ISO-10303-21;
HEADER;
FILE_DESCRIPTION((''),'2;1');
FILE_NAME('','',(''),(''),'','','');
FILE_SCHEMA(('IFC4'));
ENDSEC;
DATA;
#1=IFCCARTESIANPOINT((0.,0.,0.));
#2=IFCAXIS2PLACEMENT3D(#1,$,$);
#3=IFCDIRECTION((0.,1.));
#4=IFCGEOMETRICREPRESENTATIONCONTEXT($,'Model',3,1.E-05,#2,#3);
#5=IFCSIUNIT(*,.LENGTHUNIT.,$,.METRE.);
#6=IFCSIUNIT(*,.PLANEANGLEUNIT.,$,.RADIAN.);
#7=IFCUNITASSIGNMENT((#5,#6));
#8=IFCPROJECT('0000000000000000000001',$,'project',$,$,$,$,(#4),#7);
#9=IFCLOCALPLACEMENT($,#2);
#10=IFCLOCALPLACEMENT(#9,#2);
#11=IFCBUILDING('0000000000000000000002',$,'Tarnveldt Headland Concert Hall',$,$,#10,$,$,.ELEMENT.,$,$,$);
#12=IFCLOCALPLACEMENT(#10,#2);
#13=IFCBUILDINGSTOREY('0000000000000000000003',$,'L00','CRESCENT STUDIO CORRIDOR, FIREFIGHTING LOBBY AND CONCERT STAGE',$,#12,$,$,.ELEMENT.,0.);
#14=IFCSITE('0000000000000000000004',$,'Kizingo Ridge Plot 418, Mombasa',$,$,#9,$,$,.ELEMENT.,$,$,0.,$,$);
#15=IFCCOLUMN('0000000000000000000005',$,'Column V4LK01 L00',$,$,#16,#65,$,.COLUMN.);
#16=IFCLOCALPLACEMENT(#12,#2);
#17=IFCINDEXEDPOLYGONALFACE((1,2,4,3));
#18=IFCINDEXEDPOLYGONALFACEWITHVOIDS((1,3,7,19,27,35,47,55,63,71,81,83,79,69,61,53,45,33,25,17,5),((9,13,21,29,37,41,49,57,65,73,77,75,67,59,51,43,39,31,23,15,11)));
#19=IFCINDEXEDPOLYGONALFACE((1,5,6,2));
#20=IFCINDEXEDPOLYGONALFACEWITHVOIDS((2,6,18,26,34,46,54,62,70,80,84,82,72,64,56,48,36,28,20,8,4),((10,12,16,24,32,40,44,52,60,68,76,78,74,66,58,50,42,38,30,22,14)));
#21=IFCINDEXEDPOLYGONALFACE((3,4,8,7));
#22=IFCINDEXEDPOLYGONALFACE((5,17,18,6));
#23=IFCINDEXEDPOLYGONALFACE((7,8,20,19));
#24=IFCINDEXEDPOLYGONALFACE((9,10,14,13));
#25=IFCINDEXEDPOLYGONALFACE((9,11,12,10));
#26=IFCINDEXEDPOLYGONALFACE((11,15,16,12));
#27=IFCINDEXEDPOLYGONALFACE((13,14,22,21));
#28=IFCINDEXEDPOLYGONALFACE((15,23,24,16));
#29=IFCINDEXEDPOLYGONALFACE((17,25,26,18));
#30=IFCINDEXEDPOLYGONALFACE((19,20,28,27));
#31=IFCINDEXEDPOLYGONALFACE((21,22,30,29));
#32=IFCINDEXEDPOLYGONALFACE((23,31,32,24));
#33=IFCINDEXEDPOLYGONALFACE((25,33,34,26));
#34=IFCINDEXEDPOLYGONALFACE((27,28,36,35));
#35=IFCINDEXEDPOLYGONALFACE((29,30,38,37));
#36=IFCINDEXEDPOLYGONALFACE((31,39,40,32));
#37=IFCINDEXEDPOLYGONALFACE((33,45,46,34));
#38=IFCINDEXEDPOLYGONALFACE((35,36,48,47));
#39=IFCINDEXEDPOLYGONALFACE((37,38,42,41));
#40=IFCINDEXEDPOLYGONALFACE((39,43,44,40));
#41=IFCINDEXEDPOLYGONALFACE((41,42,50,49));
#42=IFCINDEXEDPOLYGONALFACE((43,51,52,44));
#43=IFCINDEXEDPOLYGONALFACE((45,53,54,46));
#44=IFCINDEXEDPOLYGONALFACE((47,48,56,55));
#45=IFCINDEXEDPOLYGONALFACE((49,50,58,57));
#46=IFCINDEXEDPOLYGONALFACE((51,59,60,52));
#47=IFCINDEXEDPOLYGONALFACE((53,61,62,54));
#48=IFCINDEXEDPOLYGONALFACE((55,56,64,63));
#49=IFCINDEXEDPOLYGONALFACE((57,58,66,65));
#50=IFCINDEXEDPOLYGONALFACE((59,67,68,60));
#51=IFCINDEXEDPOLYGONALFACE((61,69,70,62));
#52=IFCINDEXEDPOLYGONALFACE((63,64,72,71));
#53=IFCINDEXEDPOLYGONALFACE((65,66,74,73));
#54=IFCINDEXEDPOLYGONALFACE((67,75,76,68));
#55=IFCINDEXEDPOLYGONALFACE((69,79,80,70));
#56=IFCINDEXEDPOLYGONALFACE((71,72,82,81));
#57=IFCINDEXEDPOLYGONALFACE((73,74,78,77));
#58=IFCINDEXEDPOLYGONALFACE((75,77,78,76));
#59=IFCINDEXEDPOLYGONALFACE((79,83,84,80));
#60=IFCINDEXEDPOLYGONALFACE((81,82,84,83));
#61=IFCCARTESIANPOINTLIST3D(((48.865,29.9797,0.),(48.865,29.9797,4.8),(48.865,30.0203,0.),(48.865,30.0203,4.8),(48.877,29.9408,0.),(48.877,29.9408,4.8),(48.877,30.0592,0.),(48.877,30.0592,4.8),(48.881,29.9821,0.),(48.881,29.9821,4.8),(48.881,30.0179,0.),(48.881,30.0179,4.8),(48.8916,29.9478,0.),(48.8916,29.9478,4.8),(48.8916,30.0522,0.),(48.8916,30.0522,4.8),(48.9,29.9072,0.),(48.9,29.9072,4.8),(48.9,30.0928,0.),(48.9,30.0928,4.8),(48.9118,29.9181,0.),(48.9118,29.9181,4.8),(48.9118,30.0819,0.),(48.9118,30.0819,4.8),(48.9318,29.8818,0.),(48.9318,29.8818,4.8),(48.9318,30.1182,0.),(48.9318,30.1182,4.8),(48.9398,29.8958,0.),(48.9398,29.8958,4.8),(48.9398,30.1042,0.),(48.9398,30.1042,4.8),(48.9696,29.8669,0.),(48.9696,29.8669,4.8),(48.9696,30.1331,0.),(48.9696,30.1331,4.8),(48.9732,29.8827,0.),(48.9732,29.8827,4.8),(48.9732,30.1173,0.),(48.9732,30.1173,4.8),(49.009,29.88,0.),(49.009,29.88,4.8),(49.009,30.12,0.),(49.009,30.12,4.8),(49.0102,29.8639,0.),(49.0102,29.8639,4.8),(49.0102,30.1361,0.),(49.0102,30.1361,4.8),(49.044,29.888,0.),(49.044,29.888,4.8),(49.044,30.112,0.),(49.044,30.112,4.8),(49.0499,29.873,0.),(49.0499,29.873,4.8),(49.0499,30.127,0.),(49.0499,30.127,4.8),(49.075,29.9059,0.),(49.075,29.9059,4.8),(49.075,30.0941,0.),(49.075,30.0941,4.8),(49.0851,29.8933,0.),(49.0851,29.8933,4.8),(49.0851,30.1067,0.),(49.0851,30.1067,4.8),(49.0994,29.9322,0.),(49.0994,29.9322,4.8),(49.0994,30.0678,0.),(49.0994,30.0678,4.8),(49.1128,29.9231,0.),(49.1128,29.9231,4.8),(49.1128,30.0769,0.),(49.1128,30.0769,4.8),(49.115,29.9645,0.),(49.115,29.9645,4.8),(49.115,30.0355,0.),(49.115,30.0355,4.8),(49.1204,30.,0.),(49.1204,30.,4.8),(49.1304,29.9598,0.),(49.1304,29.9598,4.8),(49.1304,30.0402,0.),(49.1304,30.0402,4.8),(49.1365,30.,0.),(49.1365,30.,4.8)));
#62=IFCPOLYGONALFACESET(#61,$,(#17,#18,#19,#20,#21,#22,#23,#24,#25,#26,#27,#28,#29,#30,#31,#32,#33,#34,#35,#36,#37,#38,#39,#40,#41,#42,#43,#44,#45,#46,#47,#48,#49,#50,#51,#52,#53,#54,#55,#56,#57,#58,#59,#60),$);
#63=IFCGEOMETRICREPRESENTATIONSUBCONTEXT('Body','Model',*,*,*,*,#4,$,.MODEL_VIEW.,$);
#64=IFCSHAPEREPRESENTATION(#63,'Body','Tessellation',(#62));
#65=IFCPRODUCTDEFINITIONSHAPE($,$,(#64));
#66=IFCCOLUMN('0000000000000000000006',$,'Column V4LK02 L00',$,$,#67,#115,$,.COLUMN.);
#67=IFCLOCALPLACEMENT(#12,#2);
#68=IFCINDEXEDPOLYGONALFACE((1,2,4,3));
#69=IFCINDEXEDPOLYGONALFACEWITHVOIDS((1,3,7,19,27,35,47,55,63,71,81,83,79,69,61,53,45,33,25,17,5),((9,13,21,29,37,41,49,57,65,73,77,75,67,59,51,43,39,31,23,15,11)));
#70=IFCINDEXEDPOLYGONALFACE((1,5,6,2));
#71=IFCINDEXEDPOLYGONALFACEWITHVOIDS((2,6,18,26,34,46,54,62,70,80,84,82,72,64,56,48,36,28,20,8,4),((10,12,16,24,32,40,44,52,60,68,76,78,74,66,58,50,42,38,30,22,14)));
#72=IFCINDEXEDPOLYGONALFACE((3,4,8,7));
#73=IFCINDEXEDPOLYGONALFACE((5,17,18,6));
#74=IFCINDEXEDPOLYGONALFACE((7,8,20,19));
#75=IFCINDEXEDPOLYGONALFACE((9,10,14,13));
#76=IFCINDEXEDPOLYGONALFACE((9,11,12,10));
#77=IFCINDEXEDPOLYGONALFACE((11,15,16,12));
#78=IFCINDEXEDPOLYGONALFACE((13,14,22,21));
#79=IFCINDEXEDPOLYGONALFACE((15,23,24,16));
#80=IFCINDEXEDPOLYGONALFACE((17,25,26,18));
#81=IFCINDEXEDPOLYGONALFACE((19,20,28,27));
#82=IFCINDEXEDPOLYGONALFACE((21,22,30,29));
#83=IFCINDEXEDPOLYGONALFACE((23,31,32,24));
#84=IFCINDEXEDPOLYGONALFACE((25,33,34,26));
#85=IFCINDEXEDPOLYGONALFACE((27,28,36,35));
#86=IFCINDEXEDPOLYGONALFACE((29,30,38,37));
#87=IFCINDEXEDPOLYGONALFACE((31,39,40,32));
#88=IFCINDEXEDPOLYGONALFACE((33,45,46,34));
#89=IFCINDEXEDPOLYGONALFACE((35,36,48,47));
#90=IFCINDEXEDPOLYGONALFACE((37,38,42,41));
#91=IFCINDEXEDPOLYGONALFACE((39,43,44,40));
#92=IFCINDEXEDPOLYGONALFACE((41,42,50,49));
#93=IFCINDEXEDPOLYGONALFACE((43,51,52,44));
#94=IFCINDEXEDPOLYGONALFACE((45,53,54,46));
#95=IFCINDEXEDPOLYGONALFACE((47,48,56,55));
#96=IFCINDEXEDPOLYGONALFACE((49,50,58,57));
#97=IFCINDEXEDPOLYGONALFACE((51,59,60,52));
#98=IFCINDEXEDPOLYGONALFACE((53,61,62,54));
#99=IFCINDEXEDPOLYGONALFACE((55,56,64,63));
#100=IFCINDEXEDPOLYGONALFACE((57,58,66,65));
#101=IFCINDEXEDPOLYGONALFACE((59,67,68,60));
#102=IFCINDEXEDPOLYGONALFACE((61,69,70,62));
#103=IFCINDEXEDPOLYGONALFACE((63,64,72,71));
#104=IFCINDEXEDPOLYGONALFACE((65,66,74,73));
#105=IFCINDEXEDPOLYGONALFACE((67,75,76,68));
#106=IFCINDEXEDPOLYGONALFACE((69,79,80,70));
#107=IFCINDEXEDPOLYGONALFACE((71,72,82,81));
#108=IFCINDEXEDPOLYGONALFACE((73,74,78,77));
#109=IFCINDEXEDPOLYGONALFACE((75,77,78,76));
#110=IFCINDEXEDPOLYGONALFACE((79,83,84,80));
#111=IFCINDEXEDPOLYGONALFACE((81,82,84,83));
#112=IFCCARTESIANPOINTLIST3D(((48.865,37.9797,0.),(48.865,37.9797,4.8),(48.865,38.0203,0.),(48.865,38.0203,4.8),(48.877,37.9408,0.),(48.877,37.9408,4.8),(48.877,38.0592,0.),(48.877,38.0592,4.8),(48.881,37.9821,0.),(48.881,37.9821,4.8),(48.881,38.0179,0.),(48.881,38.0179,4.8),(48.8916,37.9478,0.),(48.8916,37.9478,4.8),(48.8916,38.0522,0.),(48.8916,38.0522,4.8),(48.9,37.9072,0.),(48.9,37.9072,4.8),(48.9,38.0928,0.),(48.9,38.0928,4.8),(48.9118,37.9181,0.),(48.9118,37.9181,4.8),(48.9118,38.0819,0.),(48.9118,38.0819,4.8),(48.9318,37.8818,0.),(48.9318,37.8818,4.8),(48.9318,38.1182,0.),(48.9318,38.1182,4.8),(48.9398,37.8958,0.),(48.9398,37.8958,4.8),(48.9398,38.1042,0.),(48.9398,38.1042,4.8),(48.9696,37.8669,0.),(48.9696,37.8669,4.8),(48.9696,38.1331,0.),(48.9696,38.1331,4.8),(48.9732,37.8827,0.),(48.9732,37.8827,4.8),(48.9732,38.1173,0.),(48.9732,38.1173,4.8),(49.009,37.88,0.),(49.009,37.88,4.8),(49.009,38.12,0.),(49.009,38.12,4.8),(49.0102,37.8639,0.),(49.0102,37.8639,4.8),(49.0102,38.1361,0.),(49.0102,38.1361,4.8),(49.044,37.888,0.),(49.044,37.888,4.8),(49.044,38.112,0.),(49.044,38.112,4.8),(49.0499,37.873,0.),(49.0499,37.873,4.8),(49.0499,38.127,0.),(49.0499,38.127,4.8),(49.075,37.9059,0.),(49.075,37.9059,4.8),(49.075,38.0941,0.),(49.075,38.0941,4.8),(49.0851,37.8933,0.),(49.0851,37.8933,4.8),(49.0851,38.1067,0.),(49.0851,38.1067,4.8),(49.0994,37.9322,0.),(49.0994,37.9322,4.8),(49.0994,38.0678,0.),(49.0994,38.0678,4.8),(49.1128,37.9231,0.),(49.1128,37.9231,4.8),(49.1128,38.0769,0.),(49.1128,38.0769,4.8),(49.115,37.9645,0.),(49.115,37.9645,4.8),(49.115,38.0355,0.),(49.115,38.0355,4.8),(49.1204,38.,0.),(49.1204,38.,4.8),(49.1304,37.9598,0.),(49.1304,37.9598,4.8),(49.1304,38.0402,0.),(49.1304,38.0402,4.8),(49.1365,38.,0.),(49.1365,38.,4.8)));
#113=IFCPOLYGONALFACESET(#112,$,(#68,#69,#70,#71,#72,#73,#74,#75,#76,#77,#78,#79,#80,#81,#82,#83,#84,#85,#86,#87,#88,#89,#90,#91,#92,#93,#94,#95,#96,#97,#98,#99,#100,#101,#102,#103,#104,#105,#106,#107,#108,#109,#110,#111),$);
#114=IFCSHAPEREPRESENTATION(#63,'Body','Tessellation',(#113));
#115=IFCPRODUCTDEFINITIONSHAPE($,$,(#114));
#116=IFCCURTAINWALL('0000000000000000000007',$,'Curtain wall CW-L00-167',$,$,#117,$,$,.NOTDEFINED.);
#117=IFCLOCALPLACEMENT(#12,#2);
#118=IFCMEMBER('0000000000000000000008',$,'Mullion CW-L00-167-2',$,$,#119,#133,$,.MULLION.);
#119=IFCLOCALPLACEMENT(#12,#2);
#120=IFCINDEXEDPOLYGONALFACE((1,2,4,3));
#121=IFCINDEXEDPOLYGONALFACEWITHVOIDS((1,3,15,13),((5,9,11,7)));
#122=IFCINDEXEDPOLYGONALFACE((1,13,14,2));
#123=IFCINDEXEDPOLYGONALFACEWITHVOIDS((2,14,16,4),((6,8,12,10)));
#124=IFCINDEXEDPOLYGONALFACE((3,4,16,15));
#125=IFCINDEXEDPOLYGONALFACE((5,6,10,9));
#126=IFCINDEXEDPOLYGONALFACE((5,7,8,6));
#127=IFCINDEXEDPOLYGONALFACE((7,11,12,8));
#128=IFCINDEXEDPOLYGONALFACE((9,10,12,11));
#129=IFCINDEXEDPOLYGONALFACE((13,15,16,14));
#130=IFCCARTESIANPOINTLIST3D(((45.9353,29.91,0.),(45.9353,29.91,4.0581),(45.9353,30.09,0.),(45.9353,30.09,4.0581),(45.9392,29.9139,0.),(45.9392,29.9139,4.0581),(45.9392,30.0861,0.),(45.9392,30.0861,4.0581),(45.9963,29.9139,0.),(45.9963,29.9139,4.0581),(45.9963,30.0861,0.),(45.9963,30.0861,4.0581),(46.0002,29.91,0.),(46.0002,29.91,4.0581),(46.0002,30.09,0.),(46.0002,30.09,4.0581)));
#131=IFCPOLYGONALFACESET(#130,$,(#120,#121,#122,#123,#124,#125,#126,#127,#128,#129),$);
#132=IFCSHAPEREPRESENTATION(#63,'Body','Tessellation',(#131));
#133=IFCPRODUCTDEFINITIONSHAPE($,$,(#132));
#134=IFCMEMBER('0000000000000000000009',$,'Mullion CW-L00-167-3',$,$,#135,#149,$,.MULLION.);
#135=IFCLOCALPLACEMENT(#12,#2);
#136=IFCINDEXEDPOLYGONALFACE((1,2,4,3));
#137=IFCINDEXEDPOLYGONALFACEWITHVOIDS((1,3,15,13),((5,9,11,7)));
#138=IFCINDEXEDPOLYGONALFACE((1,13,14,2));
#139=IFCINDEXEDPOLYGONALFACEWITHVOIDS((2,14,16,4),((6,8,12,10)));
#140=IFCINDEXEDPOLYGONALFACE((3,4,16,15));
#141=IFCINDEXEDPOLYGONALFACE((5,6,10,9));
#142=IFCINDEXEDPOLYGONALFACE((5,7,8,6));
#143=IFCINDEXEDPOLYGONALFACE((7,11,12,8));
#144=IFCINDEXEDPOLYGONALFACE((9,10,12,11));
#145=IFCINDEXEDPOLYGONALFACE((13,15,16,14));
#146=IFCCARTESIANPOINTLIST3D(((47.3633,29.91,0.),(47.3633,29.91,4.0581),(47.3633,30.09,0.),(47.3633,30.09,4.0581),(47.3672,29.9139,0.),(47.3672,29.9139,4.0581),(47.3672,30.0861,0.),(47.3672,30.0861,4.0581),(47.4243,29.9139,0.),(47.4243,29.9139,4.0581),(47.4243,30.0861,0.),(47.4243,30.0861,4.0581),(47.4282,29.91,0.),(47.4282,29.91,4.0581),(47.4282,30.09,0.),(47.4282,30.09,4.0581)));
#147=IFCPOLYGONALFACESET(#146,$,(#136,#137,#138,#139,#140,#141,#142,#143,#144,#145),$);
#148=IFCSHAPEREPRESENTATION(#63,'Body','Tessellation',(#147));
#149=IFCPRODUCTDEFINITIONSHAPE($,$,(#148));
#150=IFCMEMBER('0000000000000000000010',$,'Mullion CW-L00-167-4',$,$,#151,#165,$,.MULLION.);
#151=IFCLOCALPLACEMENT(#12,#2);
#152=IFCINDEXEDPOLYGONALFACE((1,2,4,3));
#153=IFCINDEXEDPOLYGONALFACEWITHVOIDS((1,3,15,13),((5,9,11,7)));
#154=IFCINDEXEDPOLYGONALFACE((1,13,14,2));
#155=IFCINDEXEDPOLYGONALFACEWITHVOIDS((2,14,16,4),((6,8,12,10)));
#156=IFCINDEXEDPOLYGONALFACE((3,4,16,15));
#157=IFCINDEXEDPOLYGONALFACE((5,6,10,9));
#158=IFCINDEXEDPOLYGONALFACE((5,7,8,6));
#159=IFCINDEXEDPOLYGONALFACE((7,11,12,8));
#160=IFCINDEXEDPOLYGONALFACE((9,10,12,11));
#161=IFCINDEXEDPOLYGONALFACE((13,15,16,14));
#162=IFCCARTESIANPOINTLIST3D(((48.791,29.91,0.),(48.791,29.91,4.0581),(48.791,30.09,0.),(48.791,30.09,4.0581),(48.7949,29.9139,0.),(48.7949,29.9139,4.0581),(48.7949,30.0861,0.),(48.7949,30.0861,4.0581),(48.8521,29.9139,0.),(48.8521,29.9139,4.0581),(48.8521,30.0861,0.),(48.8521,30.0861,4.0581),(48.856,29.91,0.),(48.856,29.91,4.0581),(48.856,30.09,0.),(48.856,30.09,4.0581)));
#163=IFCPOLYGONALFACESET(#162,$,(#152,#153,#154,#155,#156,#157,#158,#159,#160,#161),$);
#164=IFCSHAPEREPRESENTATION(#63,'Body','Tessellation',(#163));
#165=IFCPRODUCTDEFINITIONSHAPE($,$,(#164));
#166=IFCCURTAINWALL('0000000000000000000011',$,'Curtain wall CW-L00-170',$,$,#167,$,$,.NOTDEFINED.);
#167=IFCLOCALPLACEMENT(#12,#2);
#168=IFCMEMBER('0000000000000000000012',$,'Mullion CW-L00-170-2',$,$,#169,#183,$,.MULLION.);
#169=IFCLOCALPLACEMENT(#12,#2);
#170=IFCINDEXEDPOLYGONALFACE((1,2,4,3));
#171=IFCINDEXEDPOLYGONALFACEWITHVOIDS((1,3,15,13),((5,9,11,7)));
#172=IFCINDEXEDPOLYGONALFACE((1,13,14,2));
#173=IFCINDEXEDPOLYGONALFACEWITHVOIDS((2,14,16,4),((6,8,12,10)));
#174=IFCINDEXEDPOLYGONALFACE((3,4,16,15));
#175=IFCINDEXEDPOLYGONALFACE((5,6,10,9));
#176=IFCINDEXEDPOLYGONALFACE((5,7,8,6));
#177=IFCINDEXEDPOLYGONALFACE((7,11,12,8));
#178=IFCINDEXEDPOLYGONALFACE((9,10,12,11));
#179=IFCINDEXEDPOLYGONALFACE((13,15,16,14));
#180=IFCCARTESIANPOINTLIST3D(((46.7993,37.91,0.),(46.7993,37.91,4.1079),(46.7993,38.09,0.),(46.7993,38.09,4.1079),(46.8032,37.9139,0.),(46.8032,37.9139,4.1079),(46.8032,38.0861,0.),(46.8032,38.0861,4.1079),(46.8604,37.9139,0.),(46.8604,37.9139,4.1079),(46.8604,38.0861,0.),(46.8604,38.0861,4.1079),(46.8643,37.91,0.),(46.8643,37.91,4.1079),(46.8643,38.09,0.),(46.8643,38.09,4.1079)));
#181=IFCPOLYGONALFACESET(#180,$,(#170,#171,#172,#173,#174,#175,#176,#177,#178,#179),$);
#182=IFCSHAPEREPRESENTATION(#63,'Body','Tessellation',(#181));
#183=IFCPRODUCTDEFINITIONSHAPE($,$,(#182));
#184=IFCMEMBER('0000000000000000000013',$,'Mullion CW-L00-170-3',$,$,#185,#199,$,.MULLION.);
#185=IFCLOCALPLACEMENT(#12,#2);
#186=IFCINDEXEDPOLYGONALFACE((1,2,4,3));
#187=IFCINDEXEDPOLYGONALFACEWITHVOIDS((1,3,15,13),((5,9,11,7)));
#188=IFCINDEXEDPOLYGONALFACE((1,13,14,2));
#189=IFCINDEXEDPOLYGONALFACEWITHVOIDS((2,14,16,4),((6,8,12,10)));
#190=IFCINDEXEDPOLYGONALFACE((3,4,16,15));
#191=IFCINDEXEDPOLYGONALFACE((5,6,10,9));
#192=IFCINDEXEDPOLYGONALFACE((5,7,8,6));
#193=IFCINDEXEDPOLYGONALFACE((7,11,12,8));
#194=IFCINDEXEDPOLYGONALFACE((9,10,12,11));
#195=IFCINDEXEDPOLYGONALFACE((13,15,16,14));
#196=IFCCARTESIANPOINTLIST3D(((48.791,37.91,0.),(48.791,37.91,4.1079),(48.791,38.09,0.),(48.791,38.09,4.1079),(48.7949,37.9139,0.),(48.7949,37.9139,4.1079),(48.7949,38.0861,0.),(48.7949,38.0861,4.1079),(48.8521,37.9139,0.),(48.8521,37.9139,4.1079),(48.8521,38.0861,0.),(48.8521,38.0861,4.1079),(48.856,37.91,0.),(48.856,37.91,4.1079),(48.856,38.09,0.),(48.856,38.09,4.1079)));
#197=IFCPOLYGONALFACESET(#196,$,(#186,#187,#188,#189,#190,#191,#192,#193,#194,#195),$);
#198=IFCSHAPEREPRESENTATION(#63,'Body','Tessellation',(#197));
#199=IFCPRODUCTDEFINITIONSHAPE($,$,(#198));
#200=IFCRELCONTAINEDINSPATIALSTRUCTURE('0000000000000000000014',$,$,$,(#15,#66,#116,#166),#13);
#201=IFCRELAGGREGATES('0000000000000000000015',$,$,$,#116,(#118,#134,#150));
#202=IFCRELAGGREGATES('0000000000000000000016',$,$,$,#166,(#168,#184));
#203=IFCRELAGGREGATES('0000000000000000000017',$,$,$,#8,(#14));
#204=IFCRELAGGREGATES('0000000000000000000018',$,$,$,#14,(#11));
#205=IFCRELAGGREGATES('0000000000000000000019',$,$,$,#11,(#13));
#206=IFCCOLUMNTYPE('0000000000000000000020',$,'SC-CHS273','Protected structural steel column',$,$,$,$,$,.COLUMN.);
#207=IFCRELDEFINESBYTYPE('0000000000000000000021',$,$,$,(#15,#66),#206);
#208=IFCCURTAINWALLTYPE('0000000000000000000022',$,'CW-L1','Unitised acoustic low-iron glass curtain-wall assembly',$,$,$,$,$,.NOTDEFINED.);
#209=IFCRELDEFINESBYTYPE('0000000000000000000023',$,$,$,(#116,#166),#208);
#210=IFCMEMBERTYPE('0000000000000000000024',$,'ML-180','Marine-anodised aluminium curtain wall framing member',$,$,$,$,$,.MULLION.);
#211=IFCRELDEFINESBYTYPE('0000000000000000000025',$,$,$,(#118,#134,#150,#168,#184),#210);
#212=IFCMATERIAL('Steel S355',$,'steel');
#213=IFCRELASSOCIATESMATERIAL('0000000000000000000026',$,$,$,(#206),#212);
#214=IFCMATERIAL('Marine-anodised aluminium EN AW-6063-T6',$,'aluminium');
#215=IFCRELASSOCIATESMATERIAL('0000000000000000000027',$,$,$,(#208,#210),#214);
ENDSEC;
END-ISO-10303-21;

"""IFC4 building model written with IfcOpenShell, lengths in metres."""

from ifc_helpers import new_model, si_unit, direction, frame, origin, origin_2d, place, context, subcontext, project, spatial, hollow_rectangle, hollow_circle, extrude, material, material_profile, profile_set, type_object, element, aggregate, save


model = new_model("IFC4")

# Units and contexts
model_context = context("Model", 3, precision=1e-05, world=origin(), true_north=direction((0.0, 1.0)))
body_context = subcontext(model_context, "Body", "Model", "MODEL_VIEW")
ifc_project = project(units=[si_unit("LENGTHUNIT", "METRE"), si_unit("PLANEANGLEUNIT", "RADIAN")], contexts=[model_context])

# Site, building, storey
site_placement = place(None, origin())
site = spatial("IfcSite", under=ifc_project, at=site_placement, Name="Kizingo Ridge Plot 418, Mombasa", CompositionType="ELEMENT", RefElevation=0.0)
building_placement = place(site_placement, origin())
building = spatial("IfcBuilding", under=site, at=building_placement, Name="Tarnveldt Headland Concert Hall", CompositionType="ELEMENT")
storey_placement = place(building_placement, origin())
storey = spatial("IfcBuildingStorey", under=building, at=storey_placement, Name="L00", Description="CRESCENT STUDIO CORRIDOR, FIREFIGHTING LOBBY AND CONCERT STAGE", CompositionType="ELEMENT", Elevation=0.0)

# Columns
ifc_material_1 = material(Name="Steel S355", Category="steel")
ifc_material_profile_1 = material_profile(ifc_material_1, hollow_circle(Radius=0.1365, WallThickness=0.0161, at=origin_2d()), Name="CHS 273x16", Category="steel")
ifc_profile_set_1 = profile_set([ifc_material_profile_1], Name="Steel S355")
column_type = type_object("IfcColumnType", Name="SC-CHS273", Description="Protected structural steel column", PredefinedType="COLUMN", material=ifc_profile_set_1)
for number, where, z_axis, x_axis, name in (
    (1, (49.0, 30.0, 0.0), (0.0, 0.0, 1.0), (1.0, 0.0, 0.0), "Column V4LK01 L00"),
    (2, (49.0, 38.0, 0.0), (0.0, 0.0, 1.0), (1.0, 0.0, 0.0), "Column V4LK02 L00"),
):
    element("IfcColumn", number, at=place(storey_placement, frame(where, z_axis=z_axis, x_axis=x_axis)), inside=storey, type_object=column_type, Name=name, PredefinedType="COLUMN", context=body_context, shape_type="SweptSolid", body=[
        extrude(hollow_circle(Radius=0.1365, WallThickness=0.0161, at=origin_2d()), origin(), (0.0, 0.0, 1.0), 4.8),
    ])

# Curtain walls, members
ifc_material_2 = material(Name="Marine-anodised aluminium EN AW-6063-T6", Category="aluminium")
curtain_wall_type = type_object("IfcCurtainWallType", Name="CW-L1", Description="Unitised acoustic low-iron glass curtain-wall assembly", PredefinedType="NOTDEFINED", material=ifc_material_2)
curtain_wall_1_placement = place(storey_placement, origin())
curtain_wall_1 = element("IfcCurtainWall", 3, at=curtain_wall_1_placement, inside=storey, type_object=curtain_wall_type, Name="Curtain wall CW-L00-167", PredefinedType="NOTDEFINED")
ifc_material_profile_2 = material_profile(ifc_material_2, hollow_rectangle(XDim=0.0649, YDim=0.1799, WallThickness=0.0039, at=origin_2d()), Name="ALU MULLION 65x180x4", Category="aluminium")
ifc_profile_set_2 = profile_set([ifc_material_profile_2], Name="Marine-anodised aluminium EN AW-6063-T6")
member_type_1 = type_object("IfcMemberType", Name="ML-180", Description="Marine-anodised aluminium curtain wall framing member", PredefinedType="MULLION", material=ifc_profile_set_2)
member_1_placement = place(storey_placement, frame((45.9678, 30.0, 0.0), z_axis=(0.0, 0.0, 1.0), x_axis=(1.0, 0.0, 0.0)))
member_1 = element("IfcMember", 4, at=member_1_placement, type_object=member_type_1, Name="Mullion CW-L00-167-2", PredefinedType="MULLION", context=body_context, shape_type="SweptSolid", body=[
    extrude(hollow_rectangle(XDim=0.0649, YDim=0.1799, WallThickness=0.0039, at=origin_2d()), origin(), (0.0, 0.0, 1.0), 4.0581),
])
member_2_placement = place(storey_placement, frame((47.3958, 30.0, 0.0), z_axis=(0.0, 0.0, 1.0), x_axis=(1.0, 0.0, 0.0)))
member_2 = element("IfcMember", 5, at=member_2_placement, type_object=member_type_1, Name="Mullion CW-L00-167-3", PredefinedType="MULLION", context=body_context, shape_type="SweptSolid", body=[
    extrude(hollow_rectangle(XDim=0.0649, YDim=0.1799, WallThickness=0.0039, at=origin_2d()), origin(), (0.0, 0.0, 1.0), 4.0581),
])
member_3_placement = place(storey_placement, frame((48.8235, 30.0, 0.0), z_axis=(0.0, 0.0, 1.0), x_axis=(1.0, 0.0, 0.0)))
member_3 = element("IfcMember", 6, at=member_3_placement, type_object=member_type_1, Name="Mullion CW-L00-167-4", PredefinedType="MULLION", context=body_context, shape_type="SweptSolid", body=[
    extrude(hollow_rectangle(XDim=0.0649, YDim=0.1799, WallThickness=0.0039, at=origin_2d()), origin(), (0.0, 0.0, 1.0), 4.0581),
])
curtain_wall_2_placement = place(storey_placement, origin())
curtain_wall_2 = element("IfcCurtainWall", 7, at=curtain_wall_2_placement, inside=storey, type_object=curtain_wall_type, Name="Curtain wall CW-L00-170", PredefinedType="NOTDEFINED")
member_4_placement = place(storey_placement, frame((46.8318, 38.0, 0.0), z_axis=(0.0, 0.0, 1.0), x_axis=(1.0, 0.0, 0.0)))
member_4 = element("IfcMember", 8, at=member_4_placement, type_object=member_type_1, Name="Mullion CW-L00-170-2", PredefinedType="MULLION", context=body_context, shape_type="SweptSolid", body=[
    extrude(hollow_rectangle(XDim=0.0649, YDim=0.1799, WallThickness=0.0039, at=origin_2d()), origin(), (0.0, 0.0, 1.0), 4.1079),
])
member_5_placement = place(storey_placement, frame((48.8235, 38.0, 0.0), z_axis=(0.0, 0.0, 1.0), x_axis=(1.0, 0.0, 0.0)))
member_5 = element("IfcMember", 9, at=member_5_placement, type_object=member_type_1, Name="Mullion CW-L00-170-3", PredefinedType="MULLION", context=body_context, shape_type="SweptSolid", body=[
    extrude(hollow_rectangle(XDim=0.0649, YDim=0.1799, WallThickness=0.0039, at=origin_2d()), origin(), (0.0, 0.0, 1.0), 4.1079),
])

aggregate(curtain_wall_1, [member_1, member_2, member_3])
aggregate(curtain_wall_2, [member_4, member_5])

save(model, "model.ifc")
